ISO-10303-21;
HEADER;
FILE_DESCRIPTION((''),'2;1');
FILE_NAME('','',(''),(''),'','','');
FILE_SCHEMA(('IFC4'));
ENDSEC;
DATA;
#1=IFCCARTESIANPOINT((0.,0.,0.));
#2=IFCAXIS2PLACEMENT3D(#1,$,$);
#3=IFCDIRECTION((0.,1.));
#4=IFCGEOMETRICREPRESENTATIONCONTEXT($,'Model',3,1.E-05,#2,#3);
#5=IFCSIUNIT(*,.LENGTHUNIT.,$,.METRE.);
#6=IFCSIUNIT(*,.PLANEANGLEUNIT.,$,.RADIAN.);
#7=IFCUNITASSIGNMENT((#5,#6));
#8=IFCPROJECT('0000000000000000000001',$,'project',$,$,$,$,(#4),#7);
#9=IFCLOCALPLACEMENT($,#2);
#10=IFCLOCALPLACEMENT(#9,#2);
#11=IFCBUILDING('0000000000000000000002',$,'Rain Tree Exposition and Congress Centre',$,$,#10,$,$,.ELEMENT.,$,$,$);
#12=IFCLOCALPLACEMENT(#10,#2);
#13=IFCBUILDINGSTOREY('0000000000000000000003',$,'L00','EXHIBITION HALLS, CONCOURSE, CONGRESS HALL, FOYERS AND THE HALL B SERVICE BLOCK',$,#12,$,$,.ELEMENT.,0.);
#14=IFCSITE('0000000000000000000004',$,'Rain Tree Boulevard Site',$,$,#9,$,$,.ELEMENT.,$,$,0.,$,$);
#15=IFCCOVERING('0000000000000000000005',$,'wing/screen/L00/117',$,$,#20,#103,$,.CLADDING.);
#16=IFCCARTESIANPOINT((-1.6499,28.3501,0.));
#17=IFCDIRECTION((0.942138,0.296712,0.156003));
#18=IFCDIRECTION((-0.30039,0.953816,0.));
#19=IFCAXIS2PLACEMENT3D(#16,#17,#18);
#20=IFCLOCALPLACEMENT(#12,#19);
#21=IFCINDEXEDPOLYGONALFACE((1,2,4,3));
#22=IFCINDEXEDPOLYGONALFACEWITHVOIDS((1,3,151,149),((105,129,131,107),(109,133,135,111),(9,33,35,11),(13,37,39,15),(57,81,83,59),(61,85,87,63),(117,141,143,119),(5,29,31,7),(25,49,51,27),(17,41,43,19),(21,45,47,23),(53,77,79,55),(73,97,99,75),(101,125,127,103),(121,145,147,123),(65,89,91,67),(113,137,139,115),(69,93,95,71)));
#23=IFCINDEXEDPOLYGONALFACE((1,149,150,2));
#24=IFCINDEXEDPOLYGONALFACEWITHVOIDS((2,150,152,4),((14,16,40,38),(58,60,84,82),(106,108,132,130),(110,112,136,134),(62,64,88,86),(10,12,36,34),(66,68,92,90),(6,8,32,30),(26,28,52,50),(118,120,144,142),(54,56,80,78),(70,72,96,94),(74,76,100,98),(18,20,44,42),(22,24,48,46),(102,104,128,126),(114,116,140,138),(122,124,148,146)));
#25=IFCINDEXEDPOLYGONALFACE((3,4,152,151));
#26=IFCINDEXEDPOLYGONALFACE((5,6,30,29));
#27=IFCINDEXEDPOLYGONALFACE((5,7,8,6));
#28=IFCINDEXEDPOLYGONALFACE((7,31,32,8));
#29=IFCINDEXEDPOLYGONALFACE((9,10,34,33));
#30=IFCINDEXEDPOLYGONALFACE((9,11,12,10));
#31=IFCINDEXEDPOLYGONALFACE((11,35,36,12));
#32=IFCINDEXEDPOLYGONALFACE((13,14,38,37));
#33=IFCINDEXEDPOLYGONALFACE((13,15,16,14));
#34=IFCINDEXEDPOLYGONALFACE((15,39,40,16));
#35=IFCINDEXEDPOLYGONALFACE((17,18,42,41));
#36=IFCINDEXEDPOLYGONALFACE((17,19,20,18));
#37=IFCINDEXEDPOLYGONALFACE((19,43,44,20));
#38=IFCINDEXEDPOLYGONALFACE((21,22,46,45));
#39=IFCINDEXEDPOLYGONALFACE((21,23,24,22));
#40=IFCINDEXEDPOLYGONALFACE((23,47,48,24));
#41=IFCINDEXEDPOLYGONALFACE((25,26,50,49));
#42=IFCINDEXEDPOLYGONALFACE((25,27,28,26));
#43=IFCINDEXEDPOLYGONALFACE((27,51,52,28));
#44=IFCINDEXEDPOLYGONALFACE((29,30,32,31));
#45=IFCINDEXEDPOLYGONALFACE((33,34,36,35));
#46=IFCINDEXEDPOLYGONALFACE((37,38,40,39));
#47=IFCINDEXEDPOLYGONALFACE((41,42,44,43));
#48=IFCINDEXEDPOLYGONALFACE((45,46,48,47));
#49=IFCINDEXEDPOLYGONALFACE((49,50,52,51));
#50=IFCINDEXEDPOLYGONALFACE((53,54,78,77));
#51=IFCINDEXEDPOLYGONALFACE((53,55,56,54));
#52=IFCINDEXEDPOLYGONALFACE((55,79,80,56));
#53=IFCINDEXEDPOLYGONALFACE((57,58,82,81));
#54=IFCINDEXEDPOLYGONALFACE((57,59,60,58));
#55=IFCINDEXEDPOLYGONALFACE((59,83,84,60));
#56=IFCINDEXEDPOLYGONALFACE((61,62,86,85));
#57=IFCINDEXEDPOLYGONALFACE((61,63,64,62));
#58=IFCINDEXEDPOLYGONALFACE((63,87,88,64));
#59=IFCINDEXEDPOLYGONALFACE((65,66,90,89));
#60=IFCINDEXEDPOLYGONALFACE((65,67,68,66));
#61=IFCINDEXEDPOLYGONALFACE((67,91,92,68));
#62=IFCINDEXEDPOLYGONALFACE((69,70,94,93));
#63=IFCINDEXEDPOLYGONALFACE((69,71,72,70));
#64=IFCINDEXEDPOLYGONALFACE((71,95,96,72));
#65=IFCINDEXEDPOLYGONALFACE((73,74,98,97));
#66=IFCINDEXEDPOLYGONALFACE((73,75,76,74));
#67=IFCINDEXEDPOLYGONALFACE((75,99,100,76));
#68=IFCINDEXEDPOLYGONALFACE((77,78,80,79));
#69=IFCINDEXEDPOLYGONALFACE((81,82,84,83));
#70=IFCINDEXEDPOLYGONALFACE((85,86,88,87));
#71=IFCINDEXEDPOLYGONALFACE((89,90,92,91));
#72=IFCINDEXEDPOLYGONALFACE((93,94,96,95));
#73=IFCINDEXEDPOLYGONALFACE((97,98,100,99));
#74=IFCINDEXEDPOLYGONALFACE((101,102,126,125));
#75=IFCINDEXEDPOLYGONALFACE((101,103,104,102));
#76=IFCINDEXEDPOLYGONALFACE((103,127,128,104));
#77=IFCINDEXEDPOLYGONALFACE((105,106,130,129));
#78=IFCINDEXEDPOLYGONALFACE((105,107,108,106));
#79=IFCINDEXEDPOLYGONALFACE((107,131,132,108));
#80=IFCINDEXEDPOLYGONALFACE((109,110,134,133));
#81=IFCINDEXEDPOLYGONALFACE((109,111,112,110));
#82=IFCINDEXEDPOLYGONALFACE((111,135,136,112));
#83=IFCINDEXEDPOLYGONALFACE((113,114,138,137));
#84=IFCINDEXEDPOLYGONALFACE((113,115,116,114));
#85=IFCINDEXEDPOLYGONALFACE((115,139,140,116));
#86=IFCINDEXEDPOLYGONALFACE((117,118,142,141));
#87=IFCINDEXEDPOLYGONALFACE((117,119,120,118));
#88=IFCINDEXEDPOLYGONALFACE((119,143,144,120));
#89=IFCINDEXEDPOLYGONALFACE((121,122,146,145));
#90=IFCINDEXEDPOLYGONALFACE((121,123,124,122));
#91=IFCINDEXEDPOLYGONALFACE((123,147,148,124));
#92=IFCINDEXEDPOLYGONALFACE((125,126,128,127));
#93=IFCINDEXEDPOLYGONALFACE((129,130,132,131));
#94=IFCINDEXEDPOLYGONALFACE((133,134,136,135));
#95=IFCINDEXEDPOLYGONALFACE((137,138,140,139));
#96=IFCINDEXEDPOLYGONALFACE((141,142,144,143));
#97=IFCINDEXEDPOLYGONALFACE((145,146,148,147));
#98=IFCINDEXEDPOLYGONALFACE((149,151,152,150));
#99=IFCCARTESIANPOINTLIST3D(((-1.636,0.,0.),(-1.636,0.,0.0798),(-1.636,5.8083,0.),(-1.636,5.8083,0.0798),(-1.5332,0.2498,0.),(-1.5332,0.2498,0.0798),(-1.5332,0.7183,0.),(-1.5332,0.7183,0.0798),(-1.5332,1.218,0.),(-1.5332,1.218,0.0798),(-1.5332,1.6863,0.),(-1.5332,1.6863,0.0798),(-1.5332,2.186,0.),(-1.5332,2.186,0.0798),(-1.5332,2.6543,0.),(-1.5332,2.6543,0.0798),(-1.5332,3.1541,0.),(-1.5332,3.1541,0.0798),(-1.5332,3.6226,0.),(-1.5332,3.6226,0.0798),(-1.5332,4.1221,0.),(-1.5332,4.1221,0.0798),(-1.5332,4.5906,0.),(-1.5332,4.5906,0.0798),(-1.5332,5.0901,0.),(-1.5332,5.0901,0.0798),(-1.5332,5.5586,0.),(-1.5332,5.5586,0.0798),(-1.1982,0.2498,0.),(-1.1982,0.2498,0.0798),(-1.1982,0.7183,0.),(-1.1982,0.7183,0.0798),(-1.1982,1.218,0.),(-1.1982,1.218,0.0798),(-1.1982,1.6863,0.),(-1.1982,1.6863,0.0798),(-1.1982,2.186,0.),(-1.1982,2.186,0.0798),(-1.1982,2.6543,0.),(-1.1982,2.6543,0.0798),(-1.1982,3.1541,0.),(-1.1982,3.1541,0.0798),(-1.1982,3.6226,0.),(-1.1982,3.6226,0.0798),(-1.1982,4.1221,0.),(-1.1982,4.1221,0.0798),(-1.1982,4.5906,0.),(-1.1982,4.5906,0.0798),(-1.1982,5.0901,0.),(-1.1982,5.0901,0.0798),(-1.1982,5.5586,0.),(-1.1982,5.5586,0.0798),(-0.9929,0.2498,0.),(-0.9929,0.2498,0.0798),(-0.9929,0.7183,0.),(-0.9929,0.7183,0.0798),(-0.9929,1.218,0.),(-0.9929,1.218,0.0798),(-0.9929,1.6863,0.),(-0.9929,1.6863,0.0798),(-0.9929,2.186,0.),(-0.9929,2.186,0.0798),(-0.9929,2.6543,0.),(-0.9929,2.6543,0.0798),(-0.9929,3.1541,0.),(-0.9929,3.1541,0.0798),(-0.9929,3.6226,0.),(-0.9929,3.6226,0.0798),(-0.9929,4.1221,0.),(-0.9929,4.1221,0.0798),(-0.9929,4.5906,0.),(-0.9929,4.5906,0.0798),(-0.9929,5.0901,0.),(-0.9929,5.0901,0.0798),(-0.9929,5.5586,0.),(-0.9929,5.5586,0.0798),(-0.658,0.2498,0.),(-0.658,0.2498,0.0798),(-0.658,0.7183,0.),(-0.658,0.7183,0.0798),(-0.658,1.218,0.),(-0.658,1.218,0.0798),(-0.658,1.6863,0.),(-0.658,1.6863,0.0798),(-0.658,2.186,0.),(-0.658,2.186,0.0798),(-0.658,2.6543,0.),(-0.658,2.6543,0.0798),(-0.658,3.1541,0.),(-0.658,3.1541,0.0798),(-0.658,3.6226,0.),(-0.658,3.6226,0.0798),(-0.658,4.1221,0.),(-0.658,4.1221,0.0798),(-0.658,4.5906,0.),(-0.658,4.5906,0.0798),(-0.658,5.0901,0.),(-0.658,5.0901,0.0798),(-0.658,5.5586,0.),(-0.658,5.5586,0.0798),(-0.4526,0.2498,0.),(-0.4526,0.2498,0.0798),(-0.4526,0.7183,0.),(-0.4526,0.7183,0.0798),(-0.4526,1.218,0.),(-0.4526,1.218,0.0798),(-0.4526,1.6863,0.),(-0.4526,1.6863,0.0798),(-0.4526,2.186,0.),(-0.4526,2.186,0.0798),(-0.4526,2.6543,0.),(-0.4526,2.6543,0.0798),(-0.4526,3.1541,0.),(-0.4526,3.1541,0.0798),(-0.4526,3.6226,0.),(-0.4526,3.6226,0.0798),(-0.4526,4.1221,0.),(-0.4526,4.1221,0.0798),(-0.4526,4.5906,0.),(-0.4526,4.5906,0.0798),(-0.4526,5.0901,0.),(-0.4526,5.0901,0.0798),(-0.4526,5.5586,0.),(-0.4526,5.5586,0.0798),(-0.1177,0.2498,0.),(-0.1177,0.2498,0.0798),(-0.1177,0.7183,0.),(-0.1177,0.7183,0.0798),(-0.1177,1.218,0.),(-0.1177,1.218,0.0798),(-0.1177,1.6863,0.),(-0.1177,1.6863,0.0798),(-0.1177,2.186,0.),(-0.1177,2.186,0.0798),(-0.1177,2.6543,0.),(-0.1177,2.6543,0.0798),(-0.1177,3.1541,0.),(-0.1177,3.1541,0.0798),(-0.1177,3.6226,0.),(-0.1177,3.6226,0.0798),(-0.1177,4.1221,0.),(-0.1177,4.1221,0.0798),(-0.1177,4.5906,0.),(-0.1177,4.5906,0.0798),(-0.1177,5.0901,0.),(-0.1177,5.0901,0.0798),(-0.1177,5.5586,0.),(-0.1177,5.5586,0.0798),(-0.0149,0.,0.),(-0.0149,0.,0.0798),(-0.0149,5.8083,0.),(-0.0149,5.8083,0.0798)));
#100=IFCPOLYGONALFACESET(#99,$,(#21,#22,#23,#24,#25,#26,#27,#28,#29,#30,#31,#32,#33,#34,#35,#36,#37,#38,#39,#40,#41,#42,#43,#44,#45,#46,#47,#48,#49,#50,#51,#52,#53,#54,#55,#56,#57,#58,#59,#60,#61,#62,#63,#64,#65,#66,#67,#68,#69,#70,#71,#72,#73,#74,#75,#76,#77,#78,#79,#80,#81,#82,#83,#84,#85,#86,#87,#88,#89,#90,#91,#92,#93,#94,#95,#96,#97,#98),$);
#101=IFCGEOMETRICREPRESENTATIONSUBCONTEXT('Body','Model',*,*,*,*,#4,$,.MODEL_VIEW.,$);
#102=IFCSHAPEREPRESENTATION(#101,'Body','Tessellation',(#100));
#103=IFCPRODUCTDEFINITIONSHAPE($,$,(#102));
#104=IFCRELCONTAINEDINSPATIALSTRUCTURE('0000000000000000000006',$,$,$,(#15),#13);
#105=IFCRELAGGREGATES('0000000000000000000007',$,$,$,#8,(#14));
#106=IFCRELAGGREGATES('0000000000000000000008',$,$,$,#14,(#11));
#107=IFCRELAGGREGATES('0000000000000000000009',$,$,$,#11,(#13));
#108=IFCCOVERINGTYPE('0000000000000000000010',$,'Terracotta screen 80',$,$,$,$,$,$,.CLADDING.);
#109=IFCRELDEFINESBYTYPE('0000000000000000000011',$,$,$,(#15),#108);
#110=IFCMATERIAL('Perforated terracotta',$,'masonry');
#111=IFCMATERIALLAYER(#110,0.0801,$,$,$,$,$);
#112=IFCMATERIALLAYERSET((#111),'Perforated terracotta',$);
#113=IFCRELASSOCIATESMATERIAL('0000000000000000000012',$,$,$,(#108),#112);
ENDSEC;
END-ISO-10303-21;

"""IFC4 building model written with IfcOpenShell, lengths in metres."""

from ifc_helpers import new_model, si_unit, direction, frame, origin, place, context, subcontext, project, spatial, polyline, outline, extrude, material, layer, layer_set, type_object, element, save


model = new_model("IFC4")

# Units and contexts
model_context = context("Model", 3, precision=1e-05, world=origin(), true_north=direction((0.0, 1.0)))
body_context = subcontext(model_context, "Body", "Model", "MODEL_VIEW")
ifc_project = project(units=[si_unit("LENGTHUNIT", "METRE"), si_unit("PLANEANGLEUNIT", "RADIAN")], contexts=[model_context])

# Site, building, storey
site_placement = place(None, origin())
site = spatial("IfcSite", under=ifc_project, at=site_placement, Name="Rain Tree Boulevard Site", CompositionType="ELEMENT", RefElevation=0.0)
building_placement = place(site_placement, origin())
building = spatial("IfcBuilding", under=site, at=building_placement, Name="Rain Tree Exposition and Congress Centre", CompositionType="ELEMENT")
storey_placement = place(building_placement, origin())
storey = spatial("IfcBuildingStorey", under=building, at=storey_placement, Name="L00", Description="EXHIBITION HALLS, CONCOURSE, CONGRESS HALL, FOYERS AND THE HALL B SERVICE BLOCK", CompositionType="ELEMENT", Elevation=0.0)

# Covering
ifc_material_1 = material(Name="Perforated terracotta", Category="masonry")
ifc_layer_1 = layer(ifc_material_1, 0.0801)
ifc_layer_set_1 = layer_set([ifc_layer_1], Name="Perforated terracotta")
covering_type = type_object("IfcCoveringType", Name="Terracotta screen 80", PredefinedType="CLADDING", material=ifc_layer_set_1)
covering_1_placement = place(storey_placement, frame((-1.6499, 28.3501, 0.0), z_axis=(0.942138, 0.296712, 0.156003), x_axis=(-0.30039, 0.953816, 0.0)))
element("IfcCovering", 1, at=covering_1_placement, inside=storey, type_object=covering_type, Name="wing/screen/L00/117", PredefinedType="CLADDING", context=body_context, shape_type="SweptSolid", body=[
    extrude(outline(polyline([(-1.636, 0.0), (-1.636, 5.8083), (-0.0149, 5.8083), (-0.0149, 0.0), (-1.636, 0.0)]), holes=[polyline([(-0.1177, 0.2498), (-0.1177, 0.7183), (-0.4526, 0.7183), (-0.4526, 0.2498), (-0.1177, 0.2498)]), polyline([(-0.1177, 1.218), (-0.1177, 1.6863), (-0.4526, 1.6863), (-0.4526, 1.218), (-0.1177, 1.218)]), polyline([(-0.1177, 2.186), (-0.1177, 2.6543), (-0.4526, 2.6543), (-0.4526, 2.186), (-0.1177, 2.186)]), polyline([(-0.1177, 3.1541), (-0.1177, 3.6226), (-0.4526, 3.6226), (-0.4526, 3.1541), (-0.1177, 3.1541)]), polyline([(-0.1177, 4.1221), (-0.1177, 4.5906), (-0.4526, 4.5906), (-0.4526, 4.1221), (-0.1177, 4.1221)]), polyline([(-0.1177, 5.0901), (-0.1177, 5.5586), (-0.4526, 5.5586), (-0.4526, 5.0901), (-0.1177, 5.0901)]), polyline([(-0.658, 0.2498), (-0.658, 0.7183), (-0.9929, 0.7183), (-0.9929, 0.2498), (-0.658, 0.2498)]), polyline([(-0.658, 1.218), (-0.658, 1.6863), (-0.9929, 1.6863), (-0.9929, 1.218), (-0.658, 1.218)]), polyline([(-0.658, 2.186), (-0.658, 2.6543), (-0.9929, 2.6543), (-0.9929, 2.186), (-0.658, 2.186)]), polyline([(-0.658, 3.1541), (-0.658, 3.6226), (-0.9929, 3.6226), (-0.9929, 3.1541), (-0.658, 3.1541)]), polyline([(-0.658, 4.1221), (-0.658, 4.5906), (-0.9929, 4.5906), (-0.9929, 4.1221), (-0.658, 4.1221)]), polyline([(-0.658, 5.0901), (-0.658, 5.5586), (-0.9929, 5.5586), (-0.9929, 5.0901), (-0.658, 5.0901)]), polyline([(-1.1982, 0.2498), (-1.1982, 0.7183), (-1.5332, 0.7183), (-1.5332, 0.2498), (-1.1982, 0.2498)]), polyline([(-1.1982, 1.218), (-1.1982, 1.6863), (-1.5332, 1.6863), (-1.5332, 1.218), (-1.1982, 1.218)]), polyline([(-1.1982, 2.186), (-1.1982, 2.6543), (-1.5332, 2.6543), (-1.5332, 2.186), (-1.1982, 2.186)]), polyline([(-1.1982, 3.1541), (-1.1982, 3.6226), (-1.5332, 3.6226), (-1.5332, 3.1541), (-1.1982, 3.1541)]), polyline([(-1.1982, 4.1221), (-1.1982, 4.5906), (-1.5332, 4.5906), (-1.5332, 4.1221), (-1.1982, 4.1221)]), polyline([(-1.1982, 5.0901), (-1.1982, 5.5586), (-1.5332, 5.5586), (-1.5332, 5.0901), (-1.1982, 5.0901)])]), origin(), (0.0, 0.0, 1.0), 0.0798),
])

save(model, "model.ifc")
